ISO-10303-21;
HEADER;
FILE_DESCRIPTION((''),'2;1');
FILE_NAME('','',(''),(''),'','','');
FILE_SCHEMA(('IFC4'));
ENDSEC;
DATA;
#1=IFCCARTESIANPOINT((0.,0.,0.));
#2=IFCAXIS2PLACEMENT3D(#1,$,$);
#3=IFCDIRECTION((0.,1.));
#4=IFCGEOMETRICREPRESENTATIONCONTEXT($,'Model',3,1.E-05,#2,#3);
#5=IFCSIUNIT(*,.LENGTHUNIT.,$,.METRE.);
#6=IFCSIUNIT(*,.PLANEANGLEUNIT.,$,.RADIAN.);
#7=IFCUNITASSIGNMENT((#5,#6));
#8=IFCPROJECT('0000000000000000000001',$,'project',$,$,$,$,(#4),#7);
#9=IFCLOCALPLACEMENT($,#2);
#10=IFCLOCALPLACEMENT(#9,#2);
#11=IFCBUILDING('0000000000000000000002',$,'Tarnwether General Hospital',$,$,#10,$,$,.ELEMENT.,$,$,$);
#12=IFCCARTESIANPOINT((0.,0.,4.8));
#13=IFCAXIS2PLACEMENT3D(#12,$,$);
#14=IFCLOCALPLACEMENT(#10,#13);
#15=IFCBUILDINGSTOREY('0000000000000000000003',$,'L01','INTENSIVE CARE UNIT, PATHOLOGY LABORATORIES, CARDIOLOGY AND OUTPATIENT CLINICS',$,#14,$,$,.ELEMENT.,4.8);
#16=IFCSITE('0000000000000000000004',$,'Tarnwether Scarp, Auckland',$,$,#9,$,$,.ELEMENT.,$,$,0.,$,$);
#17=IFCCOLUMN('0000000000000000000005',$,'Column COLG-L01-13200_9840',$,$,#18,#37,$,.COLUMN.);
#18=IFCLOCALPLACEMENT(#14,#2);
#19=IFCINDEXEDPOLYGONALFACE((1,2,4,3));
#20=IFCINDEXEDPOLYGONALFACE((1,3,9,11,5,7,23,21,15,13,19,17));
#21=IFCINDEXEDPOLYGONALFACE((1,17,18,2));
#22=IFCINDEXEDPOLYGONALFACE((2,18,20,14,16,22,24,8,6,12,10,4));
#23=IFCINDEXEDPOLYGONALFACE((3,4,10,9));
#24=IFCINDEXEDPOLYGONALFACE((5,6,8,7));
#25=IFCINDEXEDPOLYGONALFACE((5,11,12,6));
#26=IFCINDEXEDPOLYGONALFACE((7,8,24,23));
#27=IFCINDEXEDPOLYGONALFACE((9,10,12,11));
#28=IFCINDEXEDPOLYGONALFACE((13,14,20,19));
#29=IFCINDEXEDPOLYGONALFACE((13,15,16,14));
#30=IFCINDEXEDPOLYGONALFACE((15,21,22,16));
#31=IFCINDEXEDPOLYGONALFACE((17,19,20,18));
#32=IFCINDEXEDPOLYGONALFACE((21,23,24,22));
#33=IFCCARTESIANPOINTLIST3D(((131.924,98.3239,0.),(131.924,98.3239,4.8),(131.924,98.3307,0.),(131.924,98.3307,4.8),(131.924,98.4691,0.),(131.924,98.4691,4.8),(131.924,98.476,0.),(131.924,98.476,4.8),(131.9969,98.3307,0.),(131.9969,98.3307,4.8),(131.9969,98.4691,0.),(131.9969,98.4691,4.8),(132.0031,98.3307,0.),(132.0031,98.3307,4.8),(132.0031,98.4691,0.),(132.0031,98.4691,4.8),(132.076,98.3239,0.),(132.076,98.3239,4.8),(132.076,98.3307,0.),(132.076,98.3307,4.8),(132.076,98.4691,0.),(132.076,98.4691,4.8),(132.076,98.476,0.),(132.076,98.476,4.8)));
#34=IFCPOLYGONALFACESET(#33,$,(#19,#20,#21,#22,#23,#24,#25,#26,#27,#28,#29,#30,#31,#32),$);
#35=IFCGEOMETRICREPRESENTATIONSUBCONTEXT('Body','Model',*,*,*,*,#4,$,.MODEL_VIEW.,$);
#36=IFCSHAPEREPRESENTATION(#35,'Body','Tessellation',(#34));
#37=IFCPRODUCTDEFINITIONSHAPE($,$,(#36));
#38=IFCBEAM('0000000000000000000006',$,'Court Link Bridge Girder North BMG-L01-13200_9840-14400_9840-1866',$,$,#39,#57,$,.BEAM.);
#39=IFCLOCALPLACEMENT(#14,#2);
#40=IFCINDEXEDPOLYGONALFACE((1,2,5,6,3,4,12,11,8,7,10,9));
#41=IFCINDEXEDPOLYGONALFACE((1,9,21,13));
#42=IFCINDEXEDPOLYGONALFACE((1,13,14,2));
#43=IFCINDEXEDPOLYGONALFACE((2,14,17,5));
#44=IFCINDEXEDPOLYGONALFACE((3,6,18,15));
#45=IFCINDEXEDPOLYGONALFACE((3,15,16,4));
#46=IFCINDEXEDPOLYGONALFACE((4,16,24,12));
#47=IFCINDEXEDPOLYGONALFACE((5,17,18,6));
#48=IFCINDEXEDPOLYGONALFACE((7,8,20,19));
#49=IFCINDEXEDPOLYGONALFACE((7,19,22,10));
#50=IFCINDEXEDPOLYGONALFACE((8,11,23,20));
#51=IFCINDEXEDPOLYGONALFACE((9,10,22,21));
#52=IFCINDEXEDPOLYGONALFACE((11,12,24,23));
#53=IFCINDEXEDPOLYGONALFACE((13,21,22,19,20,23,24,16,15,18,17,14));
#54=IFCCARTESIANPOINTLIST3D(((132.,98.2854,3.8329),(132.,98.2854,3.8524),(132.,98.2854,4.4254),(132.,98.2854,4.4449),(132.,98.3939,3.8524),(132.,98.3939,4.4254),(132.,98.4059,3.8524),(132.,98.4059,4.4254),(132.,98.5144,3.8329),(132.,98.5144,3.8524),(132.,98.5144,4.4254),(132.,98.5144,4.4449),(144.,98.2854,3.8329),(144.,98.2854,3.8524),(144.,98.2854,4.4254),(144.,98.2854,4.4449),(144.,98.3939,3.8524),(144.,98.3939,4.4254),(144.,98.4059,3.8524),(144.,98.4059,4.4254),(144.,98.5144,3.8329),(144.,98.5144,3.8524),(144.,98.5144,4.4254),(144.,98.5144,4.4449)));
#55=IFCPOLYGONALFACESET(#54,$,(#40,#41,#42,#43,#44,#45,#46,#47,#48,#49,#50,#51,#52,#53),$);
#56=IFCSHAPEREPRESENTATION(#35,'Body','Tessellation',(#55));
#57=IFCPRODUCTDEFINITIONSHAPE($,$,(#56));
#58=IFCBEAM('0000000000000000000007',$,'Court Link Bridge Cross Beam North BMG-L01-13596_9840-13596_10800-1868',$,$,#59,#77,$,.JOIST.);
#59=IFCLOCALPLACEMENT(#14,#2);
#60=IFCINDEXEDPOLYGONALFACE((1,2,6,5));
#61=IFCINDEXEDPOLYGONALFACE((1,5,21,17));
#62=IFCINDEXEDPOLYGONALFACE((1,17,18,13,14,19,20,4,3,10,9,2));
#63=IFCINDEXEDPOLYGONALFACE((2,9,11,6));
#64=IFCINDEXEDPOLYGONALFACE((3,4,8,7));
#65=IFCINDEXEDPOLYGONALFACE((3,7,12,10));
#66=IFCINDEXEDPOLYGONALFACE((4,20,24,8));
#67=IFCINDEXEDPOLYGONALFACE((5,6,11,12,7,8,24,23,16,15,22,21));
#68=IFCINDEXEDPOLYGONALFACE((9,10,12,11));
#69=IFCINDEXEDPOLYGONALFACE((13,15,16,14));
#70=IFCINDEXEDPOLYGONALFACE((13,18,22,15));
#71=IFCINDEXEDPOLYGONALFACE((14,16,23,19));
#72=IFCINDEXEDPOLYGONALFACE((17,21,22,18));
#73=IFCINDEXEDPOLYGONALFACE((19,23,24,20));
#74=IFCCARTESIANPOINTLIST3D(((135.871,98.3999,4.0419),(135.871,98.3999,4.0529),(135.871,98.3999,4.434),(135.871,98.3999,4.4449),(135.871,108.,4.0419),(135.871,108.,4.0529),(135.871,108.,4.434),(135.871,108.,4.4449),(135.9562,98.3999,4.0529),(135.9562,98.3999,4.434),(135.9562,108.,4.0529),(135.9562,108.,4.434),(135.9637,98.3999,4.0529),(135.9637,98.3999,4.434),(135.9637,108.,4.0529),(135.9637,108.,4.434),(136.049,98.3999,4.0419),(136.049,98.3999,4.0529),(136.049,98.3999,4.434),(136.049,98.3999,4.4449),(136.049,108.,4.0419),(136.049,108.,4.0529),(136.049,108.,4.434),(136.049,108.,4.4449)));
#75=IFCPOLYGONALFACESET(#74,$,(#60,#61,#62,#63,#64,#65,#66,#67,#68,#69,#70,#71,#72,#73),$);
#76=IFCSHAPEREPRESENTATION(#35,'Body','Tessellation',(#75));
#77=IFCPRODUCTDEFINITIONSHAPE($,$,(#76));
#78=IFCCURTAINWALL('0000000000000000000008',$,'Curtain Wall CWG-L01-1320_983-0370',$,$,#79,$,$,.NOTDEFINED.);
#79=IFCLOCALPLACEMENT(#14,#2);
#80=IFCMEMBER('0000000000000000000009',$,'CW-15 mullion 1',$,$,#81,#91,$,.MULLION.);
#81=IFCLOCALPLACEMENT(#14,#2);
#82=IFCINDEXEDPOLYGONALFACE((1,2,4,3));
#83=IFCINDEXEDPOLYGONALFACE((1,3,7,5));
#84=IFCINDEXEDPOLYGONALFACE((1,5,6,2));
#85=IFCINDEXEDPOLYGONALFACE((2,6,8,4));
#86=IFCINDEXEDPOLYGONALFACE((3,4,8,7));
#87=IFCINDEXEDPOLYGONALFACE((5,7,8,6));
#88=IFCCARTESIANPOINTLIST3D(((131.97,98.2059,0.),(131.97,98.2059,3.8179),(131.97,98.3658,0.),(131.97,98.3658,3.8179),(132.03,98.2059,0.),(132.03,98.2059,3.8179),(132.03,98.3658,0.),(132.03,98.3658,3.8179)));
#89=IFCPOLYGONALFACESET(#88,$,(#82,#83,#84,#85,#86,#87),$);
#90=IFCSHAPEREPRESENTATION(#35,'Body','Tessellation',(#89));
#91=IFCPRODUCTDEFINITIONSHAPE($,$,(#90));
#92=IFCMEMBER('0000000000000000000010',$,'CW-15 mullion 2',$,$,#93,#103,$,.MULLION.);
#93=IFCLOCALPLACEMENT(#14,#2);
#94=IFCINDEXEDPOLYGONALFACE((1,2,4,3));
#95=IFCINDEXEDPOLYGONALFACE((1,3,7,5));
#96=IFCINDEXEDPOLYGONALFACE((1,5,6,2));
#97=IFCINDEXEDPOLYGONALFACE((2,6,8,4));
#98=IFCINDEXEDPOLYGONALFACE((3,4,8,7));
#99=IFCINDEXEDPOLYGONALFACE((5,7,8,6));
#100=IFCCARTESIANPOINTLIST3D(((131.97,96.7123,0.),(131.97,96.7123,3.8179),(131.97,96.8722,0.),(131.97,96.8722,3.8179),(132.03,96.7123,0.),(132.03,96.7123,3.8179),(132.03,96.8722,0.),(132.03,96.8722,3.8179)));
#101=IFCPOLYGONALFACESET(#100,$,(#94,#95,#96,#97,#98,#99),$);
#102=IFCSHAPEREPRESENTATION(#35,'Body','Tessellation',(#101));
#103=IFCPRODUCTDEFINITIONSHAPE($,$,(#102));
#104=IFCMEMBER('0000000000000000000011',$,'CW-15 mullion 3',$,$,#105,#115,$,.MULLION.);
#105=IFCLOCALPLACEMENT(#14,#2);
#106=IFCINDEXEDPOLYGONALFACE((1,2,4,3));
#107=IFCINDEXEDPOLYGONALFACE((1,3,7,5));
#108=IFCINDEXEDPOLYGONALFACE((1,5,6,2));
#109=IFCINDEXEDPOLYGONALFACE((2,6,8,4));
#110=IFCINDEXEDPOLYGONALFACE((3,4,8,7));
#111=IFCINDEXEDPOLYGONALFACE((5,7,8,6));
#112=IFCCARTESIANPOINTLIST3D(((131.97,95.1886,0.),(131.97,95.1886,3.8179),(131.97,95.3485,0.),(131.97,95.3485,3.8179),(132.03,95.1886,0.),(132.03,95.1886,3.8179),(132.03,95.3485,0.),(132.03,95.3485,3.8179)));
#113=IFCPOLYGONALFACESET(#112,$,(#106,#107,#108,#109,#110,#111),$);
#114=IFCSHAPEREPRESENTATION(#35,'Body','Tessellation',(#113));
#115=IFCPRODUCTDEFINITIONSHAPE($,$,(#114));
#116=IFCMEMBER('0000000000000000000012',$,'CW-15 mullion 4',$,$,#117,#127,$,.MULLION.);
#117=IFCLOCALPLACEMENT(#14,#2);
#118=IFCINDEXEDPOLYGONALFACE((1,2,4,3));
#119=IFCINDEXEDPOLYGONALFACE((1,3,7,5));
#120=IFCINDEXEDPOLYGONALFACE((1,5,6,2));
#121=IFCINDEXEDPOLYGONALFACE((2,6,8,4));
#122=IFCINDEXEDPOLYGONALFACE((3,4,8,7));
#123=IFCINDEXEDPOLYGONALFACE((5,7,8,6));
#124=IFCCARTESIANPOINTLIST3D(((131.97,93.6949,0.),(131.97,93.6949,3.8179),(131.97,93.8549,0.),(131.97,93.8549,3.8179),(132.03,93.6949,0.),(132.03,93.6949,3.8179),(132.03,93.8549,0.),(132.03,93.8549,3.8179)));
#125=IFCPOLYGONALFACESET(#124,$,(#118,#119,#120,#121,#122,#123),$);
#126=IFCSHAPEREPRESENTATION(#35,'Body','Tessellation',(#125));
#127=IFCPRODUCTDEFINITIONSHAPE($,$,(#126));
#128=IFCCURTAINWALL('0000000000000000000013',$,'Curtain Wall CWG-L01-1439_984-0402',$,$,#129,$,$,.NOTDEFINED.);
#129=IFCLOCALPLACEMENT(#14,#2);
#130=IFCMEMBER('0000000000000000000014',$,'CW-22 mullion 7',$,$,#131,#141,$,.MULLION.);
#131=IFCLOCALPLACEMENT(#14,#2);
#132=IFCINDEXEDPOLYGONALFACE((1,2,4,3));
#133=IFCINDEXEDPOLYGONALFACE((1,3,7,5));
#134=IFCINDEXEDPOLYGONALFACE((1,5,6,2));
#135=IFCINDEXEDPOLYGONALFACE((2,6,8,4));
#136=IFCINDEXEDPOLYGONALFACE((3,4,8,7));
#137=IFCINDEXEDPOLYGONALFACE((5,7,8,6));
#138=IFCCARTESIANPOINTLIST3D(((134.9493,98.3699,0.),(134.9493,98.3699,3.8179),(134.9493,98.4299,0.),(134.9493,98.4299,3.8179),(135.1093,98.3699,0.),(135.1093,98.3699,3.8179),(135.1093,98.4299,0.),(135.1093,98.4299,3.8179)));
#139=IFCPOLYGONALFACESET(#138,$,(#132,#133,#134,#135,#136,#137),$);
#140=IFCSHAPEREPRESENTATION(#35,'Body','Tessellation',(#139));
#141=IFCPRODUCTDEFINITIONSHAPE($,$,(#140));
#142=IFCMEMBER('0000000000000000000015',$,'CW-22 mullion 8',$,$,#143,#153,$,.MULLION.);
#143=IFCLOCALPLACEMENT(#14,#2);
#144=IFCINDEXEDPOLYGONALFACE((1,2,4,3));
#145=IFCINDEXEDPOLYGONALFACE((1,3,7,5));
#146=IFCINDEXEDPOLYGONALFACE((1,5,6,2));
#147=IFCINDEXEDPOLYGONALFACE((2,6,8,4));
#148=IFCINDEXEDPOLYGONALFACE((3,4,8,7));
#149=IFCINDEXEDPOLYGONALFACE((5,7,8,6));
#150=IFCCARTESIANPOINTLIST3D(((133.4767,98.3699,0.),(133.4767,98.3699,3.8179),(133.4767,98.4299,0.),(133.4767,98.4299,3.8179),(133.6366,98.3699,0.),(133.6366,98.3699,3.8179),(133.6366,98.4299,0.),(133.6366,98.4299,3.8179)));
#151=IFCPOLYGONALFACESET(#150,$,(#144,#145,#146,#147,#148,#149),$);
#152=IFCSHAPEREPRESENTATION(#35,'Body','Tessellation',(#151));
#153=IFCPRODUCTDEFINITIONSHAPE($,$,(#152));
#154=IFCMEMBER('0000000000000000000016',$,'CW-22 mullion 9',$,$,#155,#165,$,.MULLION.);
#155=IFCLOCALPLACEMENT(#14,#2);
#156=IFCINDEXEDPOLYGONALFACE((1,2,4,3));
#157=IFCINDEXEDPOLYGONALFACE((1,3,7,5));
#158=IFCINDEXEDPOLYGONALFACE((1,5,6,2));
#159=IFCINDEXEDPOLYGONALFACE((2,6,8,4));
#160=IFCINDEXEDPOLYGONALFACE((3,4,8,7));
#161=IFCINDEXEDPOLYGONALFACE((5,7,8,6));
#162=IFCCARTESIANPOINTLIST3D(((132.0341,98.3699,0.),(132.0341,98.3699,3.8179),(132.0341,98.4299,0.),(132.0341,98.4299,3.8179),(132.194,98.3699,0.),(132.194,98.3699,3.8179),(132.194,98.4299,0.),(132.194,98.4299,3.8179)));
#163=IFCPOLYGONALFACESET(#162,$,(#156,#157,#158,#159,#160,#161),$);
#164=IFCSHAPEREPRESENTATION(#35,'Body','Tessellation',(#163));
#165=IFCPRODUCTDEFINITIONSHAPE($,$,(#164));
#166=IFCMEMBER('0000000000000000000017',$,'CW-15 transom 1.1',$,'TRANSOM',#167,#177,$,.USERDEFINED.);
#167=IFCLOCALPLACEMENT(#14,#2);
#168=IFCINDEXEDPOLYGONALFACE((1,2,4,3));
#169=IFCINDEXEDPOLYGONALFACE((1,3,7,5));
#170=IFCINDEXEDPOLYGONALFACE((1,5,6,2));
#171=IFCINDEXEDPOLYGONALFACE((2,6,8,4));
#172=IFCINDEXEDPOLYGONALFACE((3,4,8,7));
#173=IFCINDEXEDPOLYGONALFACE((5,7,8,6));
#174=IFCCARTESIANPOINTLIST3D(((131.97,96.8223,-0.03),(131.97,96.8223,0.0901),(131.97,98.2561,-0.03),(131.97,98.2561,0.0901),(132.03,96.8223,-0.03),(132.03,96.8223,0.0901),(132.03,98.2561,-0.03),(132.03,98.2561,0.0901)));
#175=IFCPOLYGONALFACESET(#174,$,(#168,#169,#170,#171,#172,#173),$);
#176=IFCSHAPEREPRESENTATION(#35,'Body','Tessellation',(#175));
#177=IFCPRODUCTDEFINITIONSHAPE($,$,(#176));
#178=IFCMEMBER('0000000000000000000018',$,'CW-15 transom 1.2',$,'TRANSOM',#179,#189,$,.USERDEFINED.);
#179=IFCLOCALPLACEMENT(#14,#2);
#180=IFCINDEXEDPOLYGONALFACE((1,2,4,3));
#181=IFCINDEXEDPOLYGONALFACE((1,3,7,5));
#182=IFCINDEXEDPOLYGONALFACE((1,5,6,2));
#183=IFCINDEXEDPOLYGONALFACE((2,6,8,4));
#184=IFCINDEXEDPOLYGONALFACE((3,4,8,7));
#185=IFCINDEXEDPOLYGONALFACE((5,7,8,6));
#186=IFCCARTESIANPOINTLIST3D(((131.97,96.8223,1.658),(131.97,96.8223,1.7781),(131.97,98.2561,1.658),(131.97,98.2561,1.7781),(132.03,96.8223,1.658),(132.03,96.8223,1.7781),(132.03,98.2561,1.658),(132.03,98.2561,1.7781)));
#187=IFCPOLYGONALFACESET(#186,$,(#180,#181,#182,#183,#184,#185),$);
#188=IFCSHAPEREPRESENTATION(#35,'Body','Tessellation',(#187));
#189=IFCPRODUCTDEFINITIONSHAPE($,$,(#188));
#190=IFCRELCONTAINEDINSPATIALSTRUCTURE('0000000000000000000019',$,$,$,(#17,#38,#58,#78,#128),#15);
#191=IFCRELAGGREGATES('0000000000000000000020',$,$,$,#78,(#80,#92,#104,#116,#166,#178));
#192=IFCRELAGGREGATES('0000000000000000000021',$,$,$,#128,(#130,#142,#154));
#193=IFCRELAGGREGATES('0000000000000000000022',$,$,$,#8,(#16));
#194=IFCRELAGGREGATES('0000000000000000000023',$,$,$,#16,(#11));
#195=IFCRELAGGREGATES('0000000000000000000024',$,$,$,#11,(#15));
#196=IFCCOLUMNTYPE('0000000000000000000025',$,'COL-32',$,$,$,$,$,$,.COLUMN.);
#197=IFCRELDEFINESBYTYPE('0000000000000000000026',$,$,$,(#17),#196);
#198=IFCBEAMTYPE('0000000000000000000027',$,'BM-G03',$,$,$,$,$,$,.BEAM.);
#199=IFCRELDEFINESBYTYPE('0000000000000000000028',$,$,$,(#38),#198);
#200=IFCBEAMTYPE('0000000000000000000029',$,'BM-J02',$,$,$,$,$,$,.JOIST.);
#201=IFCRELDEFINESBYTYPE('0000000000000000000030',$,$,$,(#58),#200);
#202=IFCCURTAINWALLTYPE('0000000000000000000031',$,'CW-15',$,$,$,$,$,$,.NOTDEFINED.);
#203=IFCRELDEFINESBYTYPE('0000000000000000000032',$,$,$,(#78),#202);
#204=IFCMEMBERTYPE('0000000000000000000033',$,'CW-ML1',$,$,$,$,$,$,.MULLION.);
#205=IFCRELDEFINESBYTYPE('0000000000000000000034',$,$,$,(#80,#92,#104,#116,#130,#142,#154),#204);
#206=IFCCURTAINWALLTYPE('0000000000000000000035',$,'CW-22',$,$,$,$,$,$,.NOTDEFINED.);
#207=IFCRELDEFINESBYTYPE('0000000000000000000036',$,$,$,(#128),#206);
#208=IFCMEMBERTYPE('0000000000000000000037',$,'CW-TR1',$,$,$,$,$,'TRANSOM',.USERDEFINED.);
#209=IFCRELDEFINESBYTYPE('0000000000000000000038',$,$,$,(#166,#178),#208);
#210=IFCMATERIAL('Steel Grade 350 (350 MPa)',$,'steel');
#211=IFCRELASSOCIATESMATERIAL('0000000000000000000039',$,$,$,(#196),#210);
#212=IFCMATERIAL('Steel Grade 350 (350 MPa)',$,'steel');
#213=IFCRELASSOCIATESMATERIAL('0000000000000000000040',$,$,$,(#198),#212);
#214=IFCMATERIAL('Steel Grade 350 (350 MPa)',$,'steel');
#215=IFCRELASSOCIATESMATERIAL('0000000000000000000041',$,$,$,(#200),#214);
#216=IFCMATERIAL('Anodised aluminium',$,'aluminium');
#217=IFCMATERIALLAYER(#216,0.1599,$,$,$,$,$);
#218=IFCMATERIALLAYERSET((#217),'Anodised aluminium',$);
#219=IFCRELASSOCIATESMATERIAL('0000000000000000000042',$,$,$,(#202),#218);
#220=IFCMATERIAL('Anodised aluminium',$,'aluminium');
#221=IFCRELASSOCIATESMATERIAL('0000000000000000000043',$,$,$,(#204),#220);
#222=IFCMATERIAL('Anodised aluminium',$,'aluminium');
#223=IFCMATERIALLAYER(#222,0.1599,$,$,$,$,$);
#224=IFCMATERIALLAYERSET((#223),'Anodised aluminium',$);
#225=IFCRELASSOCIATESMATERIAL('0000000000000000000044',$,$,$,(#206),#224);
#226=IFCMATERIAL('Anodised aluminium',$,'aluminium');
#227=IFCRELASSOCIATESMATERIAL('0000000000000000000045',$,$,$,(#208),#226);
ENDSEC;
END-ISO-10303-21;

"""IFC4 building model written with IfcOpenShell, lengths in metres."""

from ifc_helpers import new_model, si_unit, direction, frame, origin, origin_2d, place, context, subcontext, project, spatial, rectangle, i_section, extrude, material, layer, layer_set, material_profile, profile_set, type_object, element, aggregate, save


model = new_model("IFC4")

# Units and contexts
model_context = context("Model", 3, precision=1e-05, world=origin(), true_north=direction((0.0, 1.0)))
body_context = subcontext(model_context, "Body", "Model", "MODEL_VIEW")
ifc_project = project(units=[si_unit("LENGTHUNIT", "METRE"), si_unit("PLANEANGLEUNIT", "RADIAN")], contexts=[model_context])

# Site, building, storey
site_placement = place(None, origin())
site = spatial("IfcSite", under=ifc_project, at=site_placement, Name="Tarnwether Scarp, Auckland", CompositionType="ELEMENT", RefElevation=0.0)
building_placement = place(site_placement, origin())
building = spatial("IfcBuilding", under=site, at=building_placement, Name="Tarnwether General Hospital", CompositionType="ELEMENT")
storey_placement = place(building_placement, frame((0.0, 0.0, 4.8)))
storey = spatial("IfcBuildingStorey", under=building, at=storey_placement, Name="L01", Description="INTENSIVE CARE UNIT, PATHOLOGY LABORATORIES, CARDIOLOGY AND OUTPATIENT CLINICS", CompositionType="ELEMENT", Elevation=4.8)

# Column
ifc_material_1 = material(Name="Steel Grade 350 (350 MPa)", Category="steel")
ifc_material_profile_1 = material_profile(ifc_material_1, i_section(OverallWidth=0.1521, OverallDepth=0.1521, WebThickness=0.0061, FlangeThickness=0.0068, at=origin_2d()), Name="150UC23.4")
ifc_profile_set_1 = profile_set([ifc_material_profile_1], Name="Steel Grade 350 (350 MPa)")
column_type = type_object("IfcColumnType", Name="COL-32", PredefinedType="COLUMN", material=ifc_profile_set_1)
column_placement = place(storey_placement, frame((132.0, 98.3999, 0.0), z_axis=(0.0, 0.0, 1.0), x_axis=(1.0, 0.0, 0.0)))
element("IfcColumn", 1, at=column_placement, inside=storey, type_object=column_type, Name="Column COLG-L01-13200_9840", PredefinedType="COLUMN", context=body_context, shape_type="SweptSolid", body=[
    extrude(i_section(OverallWidth=0.1521, OverallDepth=0.1521, WebThickness=0.0061, FlangeThickness=0.0068, at=origin_2d()), origin(), (0.0, 0.0, 1.0), 4.8),
])

# Beams
ifc_material_2 = material(Name="Steel Grade 350 (350 MPa)", Category="steel")
ifc_material_profile_2 = material_profile(ifc_material_2, i_section(OverallWidth=0.229, OverallDepth=0.6121, WebThickness=0.012, FlangeThickness=0.0195, at=origin_2d()), Name="610UB125")
ifc_profile_set_2 = profile_set([ifc_material_profile_2], Name="Steel Grade 350 (350 MPa)")
beam_type_1 = type_object("IfcBeamType", Name="BM-G03", PredefinedType="BEAM", material=ifc_profile_set_2)
beam_1_placement = place(storey_placement, frame((132.0, 98.3999, 4.1389), z_axis=(1.0, 0.0, 0.0), x_axis=(0.0, 1.0, 0.0)))
element("IfcBeam", 2, at=beam_1_placement, inside=storey, type_object=beam_type_1, Name="Court Link Bridge Girder North BMG-L01-13200_9840-14400_9840-1866", PredefinedType="BEAM", context=body_context, shape_type="SweptSolid", body=[
    extrude(i_section(OverallWidth=0.229, OverallDepth=0.6121, WebThickness=0.012, FlangeThickness=0.0195, at=origin_2d()), origin(), (0.0, 0.0, 1.0), 12.0),
])
ifc_material_3 = material(Name="Steel Grade 350 (350 MPa)", Category="steel")
ifc_material_profile_3 = material_profile(ifc_material_3, i_section(OverallWidth=0.178, OverallDepth=0.4031, WebThickness=0.0076, FlangeThickness=0.011, at=origin_2d()), Name="410UB53.7")
ifc_profile_set_3 = profile_set([ifc_material_profile_3], Name="Steel Grade 350 (350 MPa)")
beam_type_2 = type_object("IfcBeamType", Name="BM-J02", PredefinedType="JOIST", material=ifc_profile_set_3)
beam_2_placement = place(storey_placement, frame((135.96, 98.3999, 4.2434), z_axis=(0.0, 1.0, 0.0), x_axis=(-1.0, 0.0, 0.0)))
element("IfcBeam", 3, at=beam_2_placement, inside=storey, type_object=beam_type_2, Name="Court Link Bridge Cross Beam North BMG-L01-13596_9840-13596_10800-1868", PredefinedType="JOIST", context=body_context, shape_type="SweptSolid", body=[
    extrude(i_section(OverallWidth=0.178, OverallDepth=0.4031, WebThickness=0.0076, FlangeThickness=0.011, at=origin_2d()), origin(), (0.0, 0.0, 1.0), 9.6001),
])

# Curtain walls, members
ifc_material_4 = material(Name="Anodised aluminium", Category="aluminium")
ifc_layer_1 = layer(ifc_material_4, 0.1599)
ifc_layer_set_1 = layer_set([ifc_layer_1], Name="Anodised aluminium")
curtain_wall_type_1 = type_object("IfcCurtainWallType", Name="CW-15", PredefinedType="NOTDEFINED", material=ifc_layer_set_1)
curtain_wall_1_placement = place(storey_placement, origin())
curtain_wall_1 = element("IfcCurtainWall", 4, at=curtain_wall_1_placement, inside=storey, type_object=curtain_wall_type_1, Name="Curtain Wall CWG-L01-1320_983-0370", PredefinedType="NOTDEFINED")
ifc_material_5 = material(Name="Anodised aluminium", Category="aluminium")
ifc_material_profile_4 = material_profile(ifc_material_5, rectangle(XDim=0.0601, YDim=0.1599, at=origin_2d()), Name="ALU-MUL-60x160")
ifc_profile_set_4 = profile_set([ifc_material_profile_4], Name="Anodised aluminium")
member_type_1 = type_object("IfcMemberType", Name="CW-ML1", PredefinedType="MULLION", material=ifc_profile_set_4)
member_1_placement = place(storey_placement, frame((132.0, 98.2859, 0.0), z_axis=(0.0, 0.0, 1.0), x_axis=(1.0, 0.0, 0.0)))
member_1 = element("IfcMember", 5, at=member_1_placement, type_object=member_type_1, Name="CW-15 mullion 1", PredefinedType="MULLION", context=body_context, shape_type="SweptSolid", body=[
    extrude(rectangle(XDim=0.0601, YDim=0.1599, at=origin_2d()), origin(), (0.0, 0.0, 1.0), 3.8179),
])
member_2_placement = place(storey_placement, frame((132.0, 96.7922, 0.0), z_axis=(0.0, 0.0, 1.0), x_axis=(1.0, 0.0, 0.0)))
member_2 = element("IfcMember", 6, at=member_2_placement, type_object=member_type_1, Name="CW-15 mullion 2", PredefinedType="MULLION", context=body_context, shape_type="SweptSolid", body=[
    extrude(rectangle(XDim=0.0601, YDim=0.1599, at=origin_2d()), origin(), (0.0, 0.0, 1.0), 3.8179),
])
member_3_placement = place(storey_placement, frame((132.0, 95.2686, 0.0), z_axis=(0.0, 0.0, 1.0), x_axis=(1.0, 0.0, 0.0)))
member_3 = element("IfcMember", 7, at=member_3_placement, type_object=member_type_1, Name="CW-15 mullion 3", PredefinedType="MULLION", context=body_context, shape_type="SweptSolid", body=[
    extrude(rectangle(XDim=0.0601, YDim=0.1599, at=origin_2d()), origin(), (0.0, 0.0, 1.0), 3.8179),
])
member_4_placement = place(storey_placement, frame((132.0, 93.7749, 0.0), z_axis=(0.0, 0.0, 1.0), x_axis=(1.0, 0.0, 0.0)))
member_4 = element("IfcMember", 8, at=member_4_placement, type_object=member_type_1, Name="CW-15 mullion 4", PredefinedType="MULLION", context=body_context, shape_type="SweptSolid", body=[
    extrude(rectangle(XDim=0.0601, YDim=0.1599, at=origin_2d()), origin(), (0.0, 0.0, 1.0), 3.8179),
])
ifc_material_6 = material(Name="Anodised aluminium", Category="aluminium")
ifc_layer_2 = layer(ifc_material_6, 0.1599)
ifc_layer_set_2 = layer_set([ifc_layer_2], Name="Anodised aluminium")
curtain_wall_type_2 = type_object("IfcCurtainWallType", Name="CW-22", PredefinedType="NOTDEFINED", material=ifc_layer_set_2)
curtain_wall_2_placement = place(storey_placement, origin())
curtain_wall_2 = element("IfcCurtainWall", 9, at=curtain_wall_2_placement, inside=storey, type_object=curtain_wall_type_2, Name="Curtain Wall CWG-L01-1439_984-0402", PredefinedType="NOTDEFINED")
member_5_placement = place(storey_placement, frame((135.0293, 98.3999, 0.0), z_axis=(0.0, 0.0, 1.0), x_axis=(0.0, -1.0, 0.0)))
member_5 = element("IfcMember", 10, at=member_5_placement, type_object=member_type_1, Name="CW-22 mullion 7", PredefinedType="MULLION", context=body_context, shape_type="SweptSolid", body=[
    extrude(rectangle(XDim=0.0601, YDim=0.1599, at=origin_2d()), origin(), (0.0, 0.0, 1.0), 3.8179),
])
member_6_placement = place(storey_placement, frame((133.5566, 98.3999, 0.0), z_axis=(0.0, 0.0, 1.0), x_axis=(0.0, -1.0, 0.0)))
member_6 = element("IfcMember", 11, at=member_6_placement, type_object=member_type_1, Name="CW-22 mullion 8", PredefinedType="MULLION", context=body_context, shape_type="SweptSolid", body=[
    extrude(rectangle(XDim=0.0601, YDim=0.1599, at=origin_2d()), origin(), (0.0, 0.0, 1.0), 3.8179),
])
member_7_placement = place(storey_placement, frame((132.114, 98.3999, 0.0), z_axis=(0.0, 0.0, 1.0), x_axis=(0.0, -1.0, 0.0)))
member_7 = element("IfcMember", 12, at=member_7_placement, type_object=member_type_1, Name="CW-22 mullion 9", PredefinedType="MULLION", context=body_context, shape_type="SweptSolid", body=[
    extrude(rectangle(XDim=0.0601, YDim=0.1599, at=origin_2d()), origin(), (0.0, 0.0, 1.0), 3.8179),
])

# Members
ifc_material_7 = material(Name="Anodised aluminium", Category="aluminium")
ifc_material_profile_5 = material_profile(ifc_material_7, rectangle(XDim=0.0601, YDim=0.1201, at=origin_2d()), Name="ALU-TRN-60x120")
ifc_profile_set_5 = profile_set([ifc_material_profile_5], Name="Anodised aluminium")
member_type_2 = type_object("IfcMemberType", Name="CW-TR1", ElementType="TRANSOM", PredefinedType="USERDEFINED", material=ifc_profile_set_5)
member_8_placement = place(storey_placement, frame((132.0, 98.2561, 0.03), z_axis=(0.0, -1.0, 0.0), x_axis=(1.0, 0.0, 0.0)))
member_8 = element("IfcMember", 13, at=member_8_placement, type_object=member_type_2, Name="CW-15 transom 1.1", ObjectType="TRANSOM", PredefinedType="USERDEFINED", context=body_context, shape_type="SweptSolid", body=[
    extrude(rectangle(XDim=0.0601, YDim=0.1201, at=origin_2d()), origin(), (0.0, 0.0, 1.0), 1.4338),
])
member_9_placement = place(storey_placement, frame((132.0, 98.2561, 1.718), z_axis=(0.0, -1.0, 0.0), x_axis=(1.0, 0.0, 0.0)))
member_9 = element("IfcMember", 14, at=member_9_placement, type_object=member_type_2, Name="CW-15 transom 1.2", ObjectType="TRANSOM", PredefinedType="USERDEFINED", context=body_context, shape_type="SweptSolid", body=[
    extrude(rectangle(XDim=0.0601, YDim=0.1201, at=origin_2d()), origin(), (0.0, 0.0, 1.0), 1.4338),
])

aggregate(curtain_wall_1, [member_1, member_2, member_3, member_4, member_8, member_9])
aggregate(curtain_wall_2, [member_5, member_6, member_7])

save(model, "model.ifc")
